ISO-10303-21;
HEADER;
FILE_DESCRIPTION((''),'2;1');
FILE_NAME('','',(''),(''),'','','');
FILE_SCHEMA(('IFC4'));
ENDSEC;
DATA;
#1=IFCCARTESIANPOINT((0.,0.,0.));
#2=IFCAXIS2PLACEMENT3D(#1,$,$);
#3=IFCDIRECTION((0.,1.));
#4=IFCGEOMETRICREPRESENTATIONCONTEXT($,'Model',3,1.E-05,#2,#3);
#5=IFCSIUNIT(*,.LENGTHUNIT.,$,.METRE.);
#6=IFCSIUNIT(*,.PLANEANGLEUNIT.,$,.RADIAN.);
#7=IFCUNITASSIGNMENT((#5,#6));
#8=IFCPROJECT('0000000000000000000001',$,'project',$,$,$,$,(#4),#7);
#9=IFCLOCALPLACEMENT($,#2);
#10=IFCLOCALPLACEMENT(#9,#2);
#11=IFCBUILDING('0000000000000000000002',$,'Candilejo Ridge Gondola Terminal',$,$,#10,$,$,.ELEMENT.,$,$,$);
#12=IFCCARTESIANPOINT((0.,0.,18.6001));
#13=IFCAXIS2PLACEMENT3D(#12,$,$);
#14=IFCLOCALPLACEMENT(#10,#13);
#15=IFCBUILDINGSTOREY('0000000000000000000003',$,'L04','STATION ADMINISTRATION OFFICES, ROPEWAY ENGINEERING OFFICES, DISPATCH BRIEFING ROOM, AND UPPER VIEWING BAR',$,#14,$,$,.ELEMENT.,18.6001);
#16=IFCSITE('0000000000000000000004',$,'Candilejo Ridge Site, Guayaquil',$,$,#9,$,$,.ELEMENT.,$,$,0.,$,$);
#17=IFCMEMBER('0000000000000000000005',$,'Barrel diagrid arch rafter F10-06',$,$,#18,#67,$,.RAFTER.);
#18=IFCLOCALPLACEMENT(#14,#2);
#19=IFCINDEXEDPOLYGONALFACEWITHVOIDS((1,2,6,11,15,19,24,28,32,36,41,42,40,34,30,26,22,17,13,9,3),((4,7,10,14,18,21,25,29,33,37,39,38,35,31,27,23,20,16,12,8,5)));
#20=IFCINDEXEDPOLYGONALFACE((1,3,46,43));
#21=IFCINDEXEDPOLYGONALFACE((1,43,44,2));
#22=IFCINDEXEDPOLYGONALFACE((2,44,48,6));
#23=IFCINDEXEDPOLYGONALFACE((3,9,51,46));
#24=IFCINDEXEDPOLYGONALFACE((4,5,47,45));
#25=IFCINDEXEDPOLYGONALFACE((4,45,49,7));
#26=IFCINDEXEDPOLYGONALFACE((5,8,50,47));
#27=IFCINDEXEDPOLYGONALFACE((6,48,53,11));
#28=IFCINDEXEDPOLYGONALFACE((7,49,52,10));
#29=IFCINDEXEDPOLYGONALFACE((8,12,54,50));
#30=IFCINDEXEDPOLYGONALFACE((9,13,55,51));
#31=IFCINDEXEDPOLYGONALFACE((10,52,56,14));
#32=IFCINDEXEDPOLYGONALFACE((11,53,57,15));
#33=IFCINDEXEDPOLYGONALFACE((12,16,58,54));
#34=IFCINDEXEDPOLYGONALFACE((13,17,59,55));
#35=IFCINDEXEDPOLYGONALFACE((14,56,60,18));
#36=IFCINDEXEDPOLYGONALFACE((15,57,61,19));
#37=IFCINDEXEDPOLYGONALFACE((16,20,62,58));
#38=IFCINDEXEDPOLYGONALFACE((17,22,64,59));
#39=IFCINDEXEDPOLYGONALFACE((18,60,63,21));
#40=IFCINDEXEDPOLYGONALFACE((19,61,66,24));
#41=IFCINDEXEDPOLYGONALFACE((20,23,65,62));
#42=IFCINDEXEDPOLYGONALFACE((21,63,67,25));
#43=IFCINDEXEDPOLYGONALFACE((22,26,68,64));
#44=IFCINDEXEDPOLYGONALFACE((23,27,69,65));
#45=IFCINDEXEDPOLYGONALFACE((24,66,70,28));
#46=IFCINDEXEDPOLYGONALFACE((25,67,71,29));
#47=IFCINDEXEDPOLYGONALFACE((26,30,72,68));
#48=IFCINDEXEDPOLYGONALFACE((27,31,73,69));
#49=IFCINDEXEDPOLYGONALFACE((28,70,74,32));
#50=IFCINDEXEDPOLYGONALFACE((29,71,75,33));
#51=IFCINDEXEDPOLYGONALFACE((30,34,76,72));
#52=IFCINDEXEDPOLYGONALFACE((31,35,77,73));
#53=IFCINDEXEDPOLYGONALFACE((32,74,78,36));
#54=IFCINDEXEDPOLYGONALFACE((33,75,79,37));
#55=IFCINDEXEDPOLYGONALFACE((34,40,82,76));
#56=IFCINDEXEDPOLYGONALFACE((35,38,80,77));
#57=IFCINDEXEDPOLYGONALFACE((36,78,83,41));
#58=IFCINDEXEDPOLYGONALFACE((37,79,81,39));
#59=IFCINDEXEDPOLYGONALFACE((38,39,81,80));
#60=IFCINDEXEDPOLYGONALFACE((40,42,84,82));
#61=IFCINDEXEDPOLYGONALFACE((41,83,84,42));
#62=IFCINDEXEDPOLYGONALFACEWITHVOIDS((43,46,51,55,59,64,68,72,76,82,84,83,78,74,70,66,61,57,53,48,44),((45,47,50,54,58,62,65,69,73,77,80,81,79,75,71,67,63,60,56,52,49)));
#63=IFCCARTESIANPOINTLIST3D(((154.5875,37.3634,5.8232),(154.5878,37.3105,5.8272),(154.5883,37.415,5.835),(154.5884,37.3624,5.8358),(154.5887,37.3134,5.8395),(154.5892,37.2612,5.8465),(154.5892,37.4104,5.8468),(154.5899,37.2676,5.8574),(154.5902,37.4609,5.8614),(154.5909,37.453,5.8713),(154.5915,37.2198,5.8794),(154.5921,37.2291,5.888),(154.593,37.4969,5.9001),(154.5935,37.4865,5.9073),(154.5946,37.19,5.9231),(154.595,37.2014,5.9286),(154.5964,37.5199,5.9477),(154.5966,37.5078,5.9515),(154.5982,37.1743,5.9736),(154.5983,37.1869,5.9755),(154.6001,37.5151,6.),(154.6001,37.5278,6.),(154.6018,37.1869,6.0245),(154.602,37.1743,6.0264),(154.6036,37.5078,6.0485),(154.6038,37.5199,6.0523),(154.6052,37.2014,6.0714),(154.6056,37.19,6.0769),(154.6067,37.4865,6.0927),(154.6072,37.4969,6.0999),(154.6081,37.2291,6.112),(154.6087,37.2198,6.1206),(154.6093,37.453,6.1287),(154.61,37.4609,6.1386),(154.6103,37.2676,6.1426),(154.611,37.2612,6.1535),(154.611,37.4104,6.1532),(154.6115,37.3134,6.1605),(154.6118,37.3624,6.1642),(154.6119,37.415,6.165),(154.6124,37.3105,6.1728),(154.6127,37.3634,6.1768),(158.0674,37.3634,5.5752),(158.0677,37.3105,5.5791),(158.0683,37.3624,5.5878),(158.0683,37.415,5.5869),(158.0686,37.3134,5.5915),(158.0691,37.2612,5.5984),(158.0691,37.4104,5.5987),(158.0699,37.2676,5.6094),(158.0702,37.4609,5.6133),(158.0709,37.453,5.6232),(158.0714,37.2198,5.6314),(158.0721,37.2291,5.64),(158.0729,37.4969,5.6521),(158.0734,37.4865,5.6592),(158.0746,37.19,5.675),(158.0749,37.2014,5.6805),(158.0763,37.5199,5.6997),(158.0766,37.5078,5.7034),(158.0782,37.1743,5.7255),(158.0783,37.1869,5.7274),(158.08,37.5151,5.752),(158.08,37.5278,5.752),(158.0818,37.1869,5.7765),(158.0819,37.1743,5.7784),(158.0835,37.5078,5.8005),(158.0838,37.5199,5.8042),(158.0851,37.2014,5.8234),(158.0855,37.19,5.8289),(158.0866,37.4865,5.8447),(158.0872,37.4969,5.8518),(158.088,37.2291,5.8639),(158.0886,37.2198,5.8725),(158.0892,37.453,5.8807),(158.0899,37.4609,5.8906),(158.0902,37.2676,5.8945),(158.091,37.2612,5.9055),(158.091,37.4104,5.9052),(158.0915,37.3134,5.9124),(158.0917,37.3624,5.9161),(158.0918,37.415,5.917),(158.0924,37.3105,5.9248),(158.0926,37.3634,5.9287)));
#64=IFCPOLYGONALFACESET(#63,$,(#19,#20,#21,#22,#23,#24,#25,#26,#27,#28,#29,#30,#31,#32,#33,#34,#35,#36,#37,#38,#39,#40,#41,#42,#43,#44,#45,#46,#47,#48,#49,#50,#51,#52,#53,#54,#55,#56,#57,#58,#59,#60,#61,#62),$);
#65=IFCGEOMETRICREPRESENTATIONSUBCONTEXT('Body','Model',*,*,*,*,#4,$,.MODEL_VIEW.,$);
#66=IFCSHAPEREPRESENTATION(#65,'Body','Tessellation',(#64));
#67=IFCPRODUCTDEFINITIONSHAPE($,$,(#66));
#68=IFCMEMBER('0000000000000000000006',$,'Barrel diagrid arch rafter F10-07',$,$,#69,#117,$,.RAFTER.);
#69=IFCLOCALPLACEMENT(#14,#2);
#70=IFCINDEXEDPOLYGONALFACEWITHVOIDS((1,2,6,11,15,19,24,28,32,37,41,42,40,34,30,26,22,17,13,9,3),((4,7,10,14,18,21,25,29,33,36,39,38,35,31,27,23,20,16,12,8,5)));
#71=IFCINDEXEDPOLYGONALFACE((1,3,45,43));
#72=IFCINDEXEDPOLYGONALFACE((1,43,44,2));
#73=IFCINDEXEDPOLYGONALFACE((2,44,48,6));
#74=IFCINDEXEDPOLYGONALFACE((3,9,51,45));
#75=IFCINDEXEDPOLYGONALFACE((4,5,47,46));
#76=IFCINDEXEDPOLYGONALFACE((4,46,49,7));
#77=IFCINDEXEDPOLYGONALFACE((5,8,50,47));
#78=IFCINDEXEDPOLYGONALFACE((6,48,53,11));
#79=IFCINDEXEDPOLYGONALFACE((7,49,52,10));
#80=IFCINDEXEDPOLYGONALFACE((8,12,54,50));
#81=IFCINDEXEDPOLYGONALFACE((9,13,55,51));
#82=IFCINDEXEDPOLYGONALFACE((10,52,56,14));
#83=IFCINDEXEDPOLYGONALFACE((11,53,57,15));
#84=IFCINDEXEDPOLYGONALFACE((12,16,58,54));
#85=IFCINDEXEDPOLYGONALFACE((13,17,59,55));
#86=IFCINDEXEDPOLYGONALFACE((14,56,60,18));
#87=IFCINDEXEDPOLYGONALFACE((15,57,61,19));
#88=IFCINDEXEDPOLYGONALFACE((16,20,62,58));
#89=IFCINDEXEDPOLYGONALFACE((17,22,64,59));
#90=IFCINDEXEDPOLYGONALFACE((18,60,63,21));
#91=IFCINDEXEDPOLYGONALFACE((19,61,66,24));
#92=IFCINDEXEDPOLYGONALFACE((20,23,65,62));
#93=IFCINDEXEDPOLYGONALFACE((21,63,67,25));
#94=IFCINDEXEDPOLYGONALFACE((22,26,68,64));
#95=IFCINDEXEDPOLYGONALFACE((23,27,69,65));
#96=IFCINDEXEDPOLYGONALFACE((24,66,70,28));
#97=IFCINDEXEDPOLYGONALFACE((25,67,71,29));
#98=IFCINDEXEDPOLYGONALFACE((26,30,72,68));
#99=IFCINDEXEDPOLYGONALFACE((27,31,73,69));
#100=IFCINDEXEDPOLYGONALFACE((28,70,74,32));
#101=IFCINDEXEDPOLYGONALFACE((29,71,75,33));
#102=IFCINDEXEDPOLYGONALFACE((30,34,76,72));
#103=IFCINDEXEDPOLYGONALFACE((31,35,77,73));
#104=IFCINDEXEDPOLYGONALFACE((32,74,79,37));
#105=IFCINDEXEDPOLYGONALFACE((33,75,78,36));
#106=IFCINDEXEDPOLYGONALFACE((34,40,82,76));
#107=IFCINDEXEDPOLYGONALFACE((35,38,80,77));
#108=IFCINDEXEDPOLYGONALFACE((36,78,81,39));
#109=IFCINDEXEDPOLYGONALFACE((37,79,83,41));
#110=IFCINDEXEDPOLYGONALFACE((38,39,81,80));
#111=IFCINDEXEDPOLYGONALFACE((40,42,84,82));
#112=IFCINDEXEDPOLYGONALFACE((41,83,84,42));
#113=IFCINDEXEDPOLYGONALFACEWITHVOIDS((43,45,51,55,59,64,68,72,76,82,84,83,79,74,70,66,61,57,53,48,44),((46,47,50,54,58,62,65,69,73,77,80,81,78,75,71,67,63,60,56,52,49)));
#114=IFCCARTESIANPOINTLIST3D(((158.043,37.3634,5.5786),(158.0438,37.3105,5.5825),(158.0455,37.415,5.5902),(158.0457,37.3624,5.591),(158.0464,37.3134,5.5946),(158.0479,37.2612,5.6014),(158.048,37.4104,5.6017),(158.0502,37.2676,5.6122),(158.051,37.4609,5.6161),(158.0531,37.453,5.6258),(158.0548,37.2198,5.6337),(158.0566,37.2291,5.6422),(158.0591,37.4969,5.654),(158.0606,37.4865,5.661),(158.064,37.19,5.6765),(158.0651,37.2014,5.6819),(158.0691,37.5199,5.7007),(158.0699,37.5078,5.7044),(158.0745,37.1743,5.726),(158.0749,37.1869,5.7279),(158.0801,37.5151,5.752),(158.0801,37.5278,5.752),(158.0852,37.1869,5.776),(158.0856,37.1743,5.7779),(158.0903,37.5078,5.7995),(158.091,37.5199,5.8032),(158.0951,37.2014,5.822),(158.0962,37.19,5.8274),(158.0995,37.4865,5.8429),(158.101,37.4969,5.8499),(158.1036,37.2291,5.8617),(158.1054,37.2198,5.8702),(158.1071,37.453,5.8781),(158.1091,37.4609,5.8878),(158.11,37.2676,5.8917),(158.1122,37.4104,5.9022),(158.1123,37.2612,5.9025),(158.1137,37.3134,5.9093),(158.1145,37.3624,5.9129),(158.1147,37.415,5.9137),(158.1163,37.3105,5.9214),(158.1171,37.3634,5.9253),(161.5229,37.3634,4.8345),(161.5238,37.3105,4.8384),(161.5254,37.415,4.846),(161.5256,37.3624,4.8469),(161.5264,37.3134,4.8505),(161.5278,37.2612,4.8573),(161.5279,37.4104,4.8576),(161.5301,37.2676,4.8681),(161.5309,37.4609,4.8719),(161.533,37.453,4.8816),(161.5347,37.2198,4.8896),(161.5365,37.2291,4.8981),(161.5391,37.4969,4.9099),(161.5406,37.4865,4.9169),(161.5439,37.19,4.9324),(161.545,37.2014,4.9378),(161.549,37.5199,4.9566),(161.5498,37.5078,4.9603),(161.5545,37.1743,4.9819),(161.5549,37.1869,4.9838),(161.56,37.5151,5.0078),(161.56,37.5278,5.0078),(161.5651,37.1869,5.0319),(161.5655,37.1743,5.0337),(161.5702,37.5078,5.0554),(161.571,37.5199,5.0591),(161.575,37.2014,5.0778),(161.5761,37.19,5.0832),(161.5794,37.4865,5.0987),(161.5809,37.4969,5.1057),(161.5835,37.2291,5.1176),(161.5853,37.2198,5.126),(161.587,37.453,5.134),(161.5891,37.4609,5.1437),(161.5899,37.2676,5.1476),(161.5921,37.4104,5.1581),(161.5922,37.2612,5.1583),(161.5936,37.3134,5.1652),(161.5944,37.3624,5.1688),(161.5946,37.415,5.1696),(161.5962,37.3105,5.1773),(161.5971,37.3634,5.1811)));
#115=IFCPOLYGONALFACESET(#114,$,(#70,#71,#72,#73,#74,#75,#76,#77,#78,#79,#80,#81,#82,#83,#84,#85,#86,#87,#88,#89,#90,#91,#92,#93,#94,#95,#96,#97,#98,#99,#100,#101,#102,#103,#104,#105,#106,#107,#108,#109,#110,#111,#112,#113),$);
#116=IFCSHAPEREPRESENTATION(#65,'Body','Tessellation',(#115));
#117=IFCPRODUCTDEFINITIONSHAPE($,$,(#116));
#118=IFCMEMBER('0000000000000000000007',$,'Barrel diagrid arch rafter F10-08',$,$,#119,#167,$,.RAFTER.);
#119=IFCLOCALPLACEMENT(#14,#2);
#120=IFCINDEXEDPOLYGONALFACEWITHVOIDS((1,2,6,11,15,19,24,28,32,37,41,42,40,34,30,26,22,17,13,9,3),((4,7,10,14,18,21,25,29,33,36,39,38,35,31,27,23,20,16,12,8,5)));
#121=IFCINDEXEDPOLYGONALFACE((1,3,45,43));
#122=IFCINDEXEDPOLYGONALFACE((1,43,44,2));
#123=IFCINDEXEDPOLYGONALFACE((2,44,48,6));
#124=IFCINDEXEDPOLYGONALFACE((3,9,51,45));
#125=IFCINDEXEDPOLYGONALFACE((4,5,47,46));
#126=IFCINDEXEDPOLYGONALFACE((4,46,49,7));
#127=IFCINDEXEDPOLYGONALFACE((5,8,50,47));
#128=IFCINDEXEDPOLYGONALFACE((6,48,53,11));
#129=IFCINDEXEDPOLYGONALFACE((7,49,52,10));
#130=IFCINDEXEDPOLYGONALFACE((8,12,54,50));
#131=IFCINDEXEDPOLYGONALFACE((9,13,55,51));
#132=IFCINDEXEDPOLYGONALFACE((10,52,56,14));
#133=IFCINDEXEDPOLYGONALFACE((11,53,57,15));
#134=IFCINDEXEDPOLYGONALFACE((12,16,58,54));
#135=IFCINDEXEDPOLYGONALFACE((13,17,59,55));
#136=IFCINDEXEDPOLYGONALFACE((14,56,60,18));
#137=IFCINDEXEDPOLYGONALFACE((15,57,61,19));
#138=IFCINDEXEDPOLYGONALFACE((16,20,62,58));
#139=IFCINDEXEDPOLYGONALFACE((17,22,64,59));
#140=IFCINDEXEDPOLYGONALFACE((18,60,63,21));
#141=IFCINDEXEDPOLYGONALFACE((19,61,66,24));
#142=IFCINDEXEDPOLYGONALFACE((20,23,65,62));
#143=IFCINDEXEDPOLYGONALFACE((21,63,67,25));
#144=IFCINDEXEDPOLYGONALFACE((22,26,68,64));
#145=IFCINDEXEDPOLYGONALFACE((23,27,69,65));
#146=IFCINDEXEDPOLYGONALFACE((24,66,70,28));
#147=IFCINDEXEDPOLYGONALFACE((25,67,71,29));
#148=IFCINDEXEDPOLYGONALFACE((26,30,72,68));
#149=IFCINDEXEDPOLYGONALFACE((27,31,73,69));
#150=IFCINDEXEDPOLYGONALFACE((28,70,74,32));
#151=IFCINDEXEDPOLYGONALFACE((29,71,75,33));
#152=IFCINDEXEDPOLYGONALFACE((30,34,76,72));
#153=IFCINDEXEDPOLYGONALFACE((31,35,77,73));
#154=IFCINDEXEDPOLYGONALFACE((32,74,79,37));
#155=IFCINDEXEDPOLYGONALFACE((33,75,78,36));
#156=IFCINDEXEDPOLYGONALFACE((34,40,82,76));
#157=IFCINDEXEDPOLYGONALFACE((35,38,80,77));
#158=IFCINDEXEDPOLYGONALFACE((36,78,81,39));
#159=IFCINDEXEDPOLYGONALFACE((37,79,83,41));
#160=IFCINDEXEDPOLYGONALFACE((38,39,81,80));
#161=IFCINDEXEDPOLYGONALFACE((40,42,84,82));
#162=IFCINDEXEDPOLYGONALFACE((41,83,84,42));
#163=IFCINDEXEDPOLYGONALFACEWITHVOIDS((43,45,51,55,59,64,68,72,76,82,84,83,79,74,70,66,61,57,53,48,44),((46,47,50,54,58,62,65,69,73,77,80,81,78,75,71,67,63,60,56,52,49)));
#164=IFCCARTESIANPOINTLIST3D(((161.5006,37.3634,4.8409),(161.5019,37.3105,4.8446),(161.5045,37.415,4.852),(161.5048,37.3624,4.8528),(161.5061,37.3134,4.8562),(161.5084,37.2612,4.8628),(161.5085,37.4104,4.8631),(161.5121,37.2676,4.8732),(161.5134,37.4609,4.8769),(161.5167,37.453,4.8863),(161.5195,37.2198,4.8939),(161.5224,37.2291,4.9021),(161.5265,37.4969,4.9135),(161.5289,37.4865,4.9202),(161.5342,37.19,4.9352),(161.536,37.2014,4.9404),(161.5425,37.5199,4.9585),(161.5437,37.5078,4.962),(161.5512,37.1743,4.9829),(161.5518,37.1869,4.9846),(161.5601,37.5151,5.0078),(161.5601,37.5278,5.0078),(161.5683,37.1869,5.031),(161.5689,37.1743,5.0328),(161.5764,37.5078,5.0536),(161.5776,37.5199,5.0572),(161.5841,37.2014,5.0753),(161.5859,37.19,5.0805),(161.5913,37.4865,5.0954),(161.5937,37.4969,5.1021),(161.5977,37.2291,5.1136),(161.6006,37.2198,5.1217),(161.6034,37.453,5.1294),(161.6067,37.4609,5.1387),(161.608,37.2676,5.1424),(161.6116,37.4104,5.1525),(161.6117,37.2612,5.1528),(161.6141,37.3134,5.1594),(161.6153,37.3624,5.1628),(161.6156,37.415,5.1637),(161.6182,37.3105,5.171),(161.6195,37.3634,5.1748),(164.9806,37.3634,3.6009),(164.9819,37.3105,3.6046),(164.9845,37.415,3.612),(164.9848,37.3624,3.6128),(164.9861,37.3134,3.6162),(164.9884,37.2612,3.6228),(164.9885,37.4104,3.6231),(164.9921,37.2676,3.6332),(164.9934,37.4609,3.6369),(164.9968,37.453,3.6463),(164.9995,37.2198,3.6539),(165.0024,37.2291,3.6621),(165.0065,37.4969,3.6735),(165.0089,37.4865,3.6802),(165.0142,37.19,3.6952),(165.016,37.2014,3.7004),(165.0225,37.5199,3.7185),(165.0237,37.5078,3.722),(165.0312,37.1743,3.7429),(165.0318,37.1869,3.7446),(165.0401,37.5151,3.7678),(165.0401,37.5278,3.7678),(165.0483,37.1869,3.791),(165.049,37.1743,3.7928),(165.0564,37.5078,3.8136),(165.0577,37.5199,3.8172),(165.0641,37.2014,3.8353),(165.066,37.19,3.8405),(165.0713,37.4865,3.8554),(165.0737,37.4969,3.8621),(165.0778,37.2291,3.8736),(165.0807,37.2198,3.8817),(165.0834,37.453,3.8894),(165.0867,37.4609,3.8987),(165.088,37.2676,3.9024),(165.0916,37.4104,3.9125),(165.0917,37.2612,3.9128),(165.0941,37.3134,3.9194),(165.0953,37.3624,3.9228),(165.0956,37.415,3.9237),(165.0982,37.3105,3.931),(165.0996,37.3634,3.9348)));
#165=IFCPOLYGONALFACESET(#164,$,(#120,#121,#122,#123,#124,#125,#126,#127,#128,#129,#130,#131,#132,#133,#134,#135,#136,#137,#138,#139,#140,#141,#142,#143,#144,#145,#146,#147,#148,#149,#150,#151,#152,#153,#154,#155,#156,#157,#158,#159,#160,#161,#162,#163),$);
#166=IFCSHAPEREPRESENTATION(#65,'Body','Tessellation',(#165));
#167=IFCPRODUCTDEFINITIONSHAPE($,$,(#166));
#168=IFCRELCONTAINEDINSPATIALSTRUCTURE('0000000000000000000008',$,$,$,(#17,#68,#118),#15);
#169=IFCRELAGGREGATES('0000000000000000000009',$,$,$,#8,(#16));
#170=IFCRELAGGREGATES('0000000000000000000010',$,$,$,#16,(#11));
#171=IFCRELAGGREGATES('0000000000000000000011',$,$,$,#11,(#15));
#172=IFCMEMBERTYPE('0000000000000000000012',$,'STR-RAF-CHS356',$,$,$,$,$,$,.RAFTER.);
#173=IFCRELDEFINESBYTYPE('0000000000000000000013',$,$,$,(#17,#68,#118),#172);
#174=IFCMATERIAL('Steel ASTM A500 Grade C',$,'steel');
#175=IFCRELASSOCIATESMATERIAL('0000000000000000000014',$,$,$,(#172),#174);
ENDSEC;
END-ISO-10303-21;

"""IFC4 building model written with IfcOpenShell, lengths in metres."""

from ifc_helpers import new_model, si_unit, direction, frame, origin, origin_2d, place, context, subcontext, project, spatial, hollow_circle, extrude, material, material_profile, profile_set, type_object, element, save


model = new_model("IFC4")

# Units and contexts
model_context = context("Model", 3, precision=1e-05, world=origin(), true_north=direction((0.0, 1.0)))
body_context = subcontext(model_context, "Body", "Model", "MODEL_VIEW")
ifc_project = project(units=[si_unit("LENGTHUNIT", "METRE"), si_unit("PLANEANGLEUNIT", "RADIAN")], contexts=[model_context])

# Site, building, storey
site_placement = place(None, origin())
site = spatial("IfcSite", under=ifc_project, at=site_placement, Name="Candilejo Ridge Site, Guayaquil", CompositionType="ELEMENT", RefElevation=0.0)
building_placement = place(site_placement, origin())
building = spatial("IfcBuilding", under=site, at=building_placement, Name="Candilejo Ridge Gondola Terminal", CompositionType="ELEMENT")
storey_placement = place(building_placement, frame((0.0, 0.0, 18.6001)))
storey = spatial("IfcBuildingStorey", under=building, at=storey_placement, Name="L04", Description="STATION ADMINISTRATION OFFICES, ROPEWAY ENGINEERING OFFICES, DISPATCH BRIEFING ROOM, AND UPPER VIEWING BAR", CompositionType="ELEMENT", Elevation=18.6001)

# Members
ifc_material_1 = material(Name="Steel ASTM A500 Grade C", Category="steel")
ifc_material_profile_1 = material_profile(ifc_material_1, hollow_circle(Radius=0.1777, WallThickness=0.0127, at=origin_2d()))
ifc_profile_set_1 = profile_set([ifc_material_profile_1], Name="Steel ASTM A500 Grade C")
member_type_1 = type_object("IfcMemberType", Name="STR-RAF-CHS356", PredefinedType="RAFTER", material=ifc_profile_set_1)
for number, where, z_axis, x_axis, name in (
    (1, (154.6001, 37.3501, 6.0), (0.997469, 0.0, -0.071098), (0.0, 1.0, 0.0), "Barrel diagrid arch rafter F10-06"),
):
    element("IfcMember", number, at=place(storey_placement, frame(where, z_axis=z_axis, x_axis=x_axis)), inside=storey, type_object=member_type_1, Name=name, PredefinedType="RAFTER", context=body_context, shape_type="SweptSolid", body=[
        extrude(hollow_circle(Radius=0.1777, WallThickness=0.0127, at=origin_2d()), origin(), (0.0, 0.0, 1.0), 3.4888),
    ])
member_1_placement = place(storey_placement, frame((158.0801, 37.3501, 5.752), z_axis=(0.977893, 0.0, -0.209107), x_axis=(0.0, 1.0, 0.0)))
element("IfcMember", 2, at=member_1_placement, inside=storey, type_object=member_type_1, Name="Barrel diagrid arch rafter F10-07", PredefinedType="RAFTER", context=body_context, shape_type="SweptSolid", body=[
    extrude(hollow_circle(Radius=0.1777, WallThickness=0.0127, at=origin_2d()), origin(), (0.0, 0.0, 1.0), 3.5586),
])
member_2_placement = place(storey_placement, frame((161.5601, 37.3501, 5.0078), z_axis=(0.941987, 0.0, -0.33565), x_axis=(0.0, 1.0, 0.0)))
element("IfcMember", 3, at=member_2_placement, inside=storey, type_object=member_type_1, Name="Barrel diagrid arch rafter F10-08", PredefinedType="RAFTER", context=body_context, shape_type="SweptSolid", body=[
    extrude(hollow_circle(Radius=0.1777, WallThickness=0.0127, at=origin_2d()), origin(), (0.0, 0.0, 1.0), 3.6943),
])

save(model, "model.ifc")
